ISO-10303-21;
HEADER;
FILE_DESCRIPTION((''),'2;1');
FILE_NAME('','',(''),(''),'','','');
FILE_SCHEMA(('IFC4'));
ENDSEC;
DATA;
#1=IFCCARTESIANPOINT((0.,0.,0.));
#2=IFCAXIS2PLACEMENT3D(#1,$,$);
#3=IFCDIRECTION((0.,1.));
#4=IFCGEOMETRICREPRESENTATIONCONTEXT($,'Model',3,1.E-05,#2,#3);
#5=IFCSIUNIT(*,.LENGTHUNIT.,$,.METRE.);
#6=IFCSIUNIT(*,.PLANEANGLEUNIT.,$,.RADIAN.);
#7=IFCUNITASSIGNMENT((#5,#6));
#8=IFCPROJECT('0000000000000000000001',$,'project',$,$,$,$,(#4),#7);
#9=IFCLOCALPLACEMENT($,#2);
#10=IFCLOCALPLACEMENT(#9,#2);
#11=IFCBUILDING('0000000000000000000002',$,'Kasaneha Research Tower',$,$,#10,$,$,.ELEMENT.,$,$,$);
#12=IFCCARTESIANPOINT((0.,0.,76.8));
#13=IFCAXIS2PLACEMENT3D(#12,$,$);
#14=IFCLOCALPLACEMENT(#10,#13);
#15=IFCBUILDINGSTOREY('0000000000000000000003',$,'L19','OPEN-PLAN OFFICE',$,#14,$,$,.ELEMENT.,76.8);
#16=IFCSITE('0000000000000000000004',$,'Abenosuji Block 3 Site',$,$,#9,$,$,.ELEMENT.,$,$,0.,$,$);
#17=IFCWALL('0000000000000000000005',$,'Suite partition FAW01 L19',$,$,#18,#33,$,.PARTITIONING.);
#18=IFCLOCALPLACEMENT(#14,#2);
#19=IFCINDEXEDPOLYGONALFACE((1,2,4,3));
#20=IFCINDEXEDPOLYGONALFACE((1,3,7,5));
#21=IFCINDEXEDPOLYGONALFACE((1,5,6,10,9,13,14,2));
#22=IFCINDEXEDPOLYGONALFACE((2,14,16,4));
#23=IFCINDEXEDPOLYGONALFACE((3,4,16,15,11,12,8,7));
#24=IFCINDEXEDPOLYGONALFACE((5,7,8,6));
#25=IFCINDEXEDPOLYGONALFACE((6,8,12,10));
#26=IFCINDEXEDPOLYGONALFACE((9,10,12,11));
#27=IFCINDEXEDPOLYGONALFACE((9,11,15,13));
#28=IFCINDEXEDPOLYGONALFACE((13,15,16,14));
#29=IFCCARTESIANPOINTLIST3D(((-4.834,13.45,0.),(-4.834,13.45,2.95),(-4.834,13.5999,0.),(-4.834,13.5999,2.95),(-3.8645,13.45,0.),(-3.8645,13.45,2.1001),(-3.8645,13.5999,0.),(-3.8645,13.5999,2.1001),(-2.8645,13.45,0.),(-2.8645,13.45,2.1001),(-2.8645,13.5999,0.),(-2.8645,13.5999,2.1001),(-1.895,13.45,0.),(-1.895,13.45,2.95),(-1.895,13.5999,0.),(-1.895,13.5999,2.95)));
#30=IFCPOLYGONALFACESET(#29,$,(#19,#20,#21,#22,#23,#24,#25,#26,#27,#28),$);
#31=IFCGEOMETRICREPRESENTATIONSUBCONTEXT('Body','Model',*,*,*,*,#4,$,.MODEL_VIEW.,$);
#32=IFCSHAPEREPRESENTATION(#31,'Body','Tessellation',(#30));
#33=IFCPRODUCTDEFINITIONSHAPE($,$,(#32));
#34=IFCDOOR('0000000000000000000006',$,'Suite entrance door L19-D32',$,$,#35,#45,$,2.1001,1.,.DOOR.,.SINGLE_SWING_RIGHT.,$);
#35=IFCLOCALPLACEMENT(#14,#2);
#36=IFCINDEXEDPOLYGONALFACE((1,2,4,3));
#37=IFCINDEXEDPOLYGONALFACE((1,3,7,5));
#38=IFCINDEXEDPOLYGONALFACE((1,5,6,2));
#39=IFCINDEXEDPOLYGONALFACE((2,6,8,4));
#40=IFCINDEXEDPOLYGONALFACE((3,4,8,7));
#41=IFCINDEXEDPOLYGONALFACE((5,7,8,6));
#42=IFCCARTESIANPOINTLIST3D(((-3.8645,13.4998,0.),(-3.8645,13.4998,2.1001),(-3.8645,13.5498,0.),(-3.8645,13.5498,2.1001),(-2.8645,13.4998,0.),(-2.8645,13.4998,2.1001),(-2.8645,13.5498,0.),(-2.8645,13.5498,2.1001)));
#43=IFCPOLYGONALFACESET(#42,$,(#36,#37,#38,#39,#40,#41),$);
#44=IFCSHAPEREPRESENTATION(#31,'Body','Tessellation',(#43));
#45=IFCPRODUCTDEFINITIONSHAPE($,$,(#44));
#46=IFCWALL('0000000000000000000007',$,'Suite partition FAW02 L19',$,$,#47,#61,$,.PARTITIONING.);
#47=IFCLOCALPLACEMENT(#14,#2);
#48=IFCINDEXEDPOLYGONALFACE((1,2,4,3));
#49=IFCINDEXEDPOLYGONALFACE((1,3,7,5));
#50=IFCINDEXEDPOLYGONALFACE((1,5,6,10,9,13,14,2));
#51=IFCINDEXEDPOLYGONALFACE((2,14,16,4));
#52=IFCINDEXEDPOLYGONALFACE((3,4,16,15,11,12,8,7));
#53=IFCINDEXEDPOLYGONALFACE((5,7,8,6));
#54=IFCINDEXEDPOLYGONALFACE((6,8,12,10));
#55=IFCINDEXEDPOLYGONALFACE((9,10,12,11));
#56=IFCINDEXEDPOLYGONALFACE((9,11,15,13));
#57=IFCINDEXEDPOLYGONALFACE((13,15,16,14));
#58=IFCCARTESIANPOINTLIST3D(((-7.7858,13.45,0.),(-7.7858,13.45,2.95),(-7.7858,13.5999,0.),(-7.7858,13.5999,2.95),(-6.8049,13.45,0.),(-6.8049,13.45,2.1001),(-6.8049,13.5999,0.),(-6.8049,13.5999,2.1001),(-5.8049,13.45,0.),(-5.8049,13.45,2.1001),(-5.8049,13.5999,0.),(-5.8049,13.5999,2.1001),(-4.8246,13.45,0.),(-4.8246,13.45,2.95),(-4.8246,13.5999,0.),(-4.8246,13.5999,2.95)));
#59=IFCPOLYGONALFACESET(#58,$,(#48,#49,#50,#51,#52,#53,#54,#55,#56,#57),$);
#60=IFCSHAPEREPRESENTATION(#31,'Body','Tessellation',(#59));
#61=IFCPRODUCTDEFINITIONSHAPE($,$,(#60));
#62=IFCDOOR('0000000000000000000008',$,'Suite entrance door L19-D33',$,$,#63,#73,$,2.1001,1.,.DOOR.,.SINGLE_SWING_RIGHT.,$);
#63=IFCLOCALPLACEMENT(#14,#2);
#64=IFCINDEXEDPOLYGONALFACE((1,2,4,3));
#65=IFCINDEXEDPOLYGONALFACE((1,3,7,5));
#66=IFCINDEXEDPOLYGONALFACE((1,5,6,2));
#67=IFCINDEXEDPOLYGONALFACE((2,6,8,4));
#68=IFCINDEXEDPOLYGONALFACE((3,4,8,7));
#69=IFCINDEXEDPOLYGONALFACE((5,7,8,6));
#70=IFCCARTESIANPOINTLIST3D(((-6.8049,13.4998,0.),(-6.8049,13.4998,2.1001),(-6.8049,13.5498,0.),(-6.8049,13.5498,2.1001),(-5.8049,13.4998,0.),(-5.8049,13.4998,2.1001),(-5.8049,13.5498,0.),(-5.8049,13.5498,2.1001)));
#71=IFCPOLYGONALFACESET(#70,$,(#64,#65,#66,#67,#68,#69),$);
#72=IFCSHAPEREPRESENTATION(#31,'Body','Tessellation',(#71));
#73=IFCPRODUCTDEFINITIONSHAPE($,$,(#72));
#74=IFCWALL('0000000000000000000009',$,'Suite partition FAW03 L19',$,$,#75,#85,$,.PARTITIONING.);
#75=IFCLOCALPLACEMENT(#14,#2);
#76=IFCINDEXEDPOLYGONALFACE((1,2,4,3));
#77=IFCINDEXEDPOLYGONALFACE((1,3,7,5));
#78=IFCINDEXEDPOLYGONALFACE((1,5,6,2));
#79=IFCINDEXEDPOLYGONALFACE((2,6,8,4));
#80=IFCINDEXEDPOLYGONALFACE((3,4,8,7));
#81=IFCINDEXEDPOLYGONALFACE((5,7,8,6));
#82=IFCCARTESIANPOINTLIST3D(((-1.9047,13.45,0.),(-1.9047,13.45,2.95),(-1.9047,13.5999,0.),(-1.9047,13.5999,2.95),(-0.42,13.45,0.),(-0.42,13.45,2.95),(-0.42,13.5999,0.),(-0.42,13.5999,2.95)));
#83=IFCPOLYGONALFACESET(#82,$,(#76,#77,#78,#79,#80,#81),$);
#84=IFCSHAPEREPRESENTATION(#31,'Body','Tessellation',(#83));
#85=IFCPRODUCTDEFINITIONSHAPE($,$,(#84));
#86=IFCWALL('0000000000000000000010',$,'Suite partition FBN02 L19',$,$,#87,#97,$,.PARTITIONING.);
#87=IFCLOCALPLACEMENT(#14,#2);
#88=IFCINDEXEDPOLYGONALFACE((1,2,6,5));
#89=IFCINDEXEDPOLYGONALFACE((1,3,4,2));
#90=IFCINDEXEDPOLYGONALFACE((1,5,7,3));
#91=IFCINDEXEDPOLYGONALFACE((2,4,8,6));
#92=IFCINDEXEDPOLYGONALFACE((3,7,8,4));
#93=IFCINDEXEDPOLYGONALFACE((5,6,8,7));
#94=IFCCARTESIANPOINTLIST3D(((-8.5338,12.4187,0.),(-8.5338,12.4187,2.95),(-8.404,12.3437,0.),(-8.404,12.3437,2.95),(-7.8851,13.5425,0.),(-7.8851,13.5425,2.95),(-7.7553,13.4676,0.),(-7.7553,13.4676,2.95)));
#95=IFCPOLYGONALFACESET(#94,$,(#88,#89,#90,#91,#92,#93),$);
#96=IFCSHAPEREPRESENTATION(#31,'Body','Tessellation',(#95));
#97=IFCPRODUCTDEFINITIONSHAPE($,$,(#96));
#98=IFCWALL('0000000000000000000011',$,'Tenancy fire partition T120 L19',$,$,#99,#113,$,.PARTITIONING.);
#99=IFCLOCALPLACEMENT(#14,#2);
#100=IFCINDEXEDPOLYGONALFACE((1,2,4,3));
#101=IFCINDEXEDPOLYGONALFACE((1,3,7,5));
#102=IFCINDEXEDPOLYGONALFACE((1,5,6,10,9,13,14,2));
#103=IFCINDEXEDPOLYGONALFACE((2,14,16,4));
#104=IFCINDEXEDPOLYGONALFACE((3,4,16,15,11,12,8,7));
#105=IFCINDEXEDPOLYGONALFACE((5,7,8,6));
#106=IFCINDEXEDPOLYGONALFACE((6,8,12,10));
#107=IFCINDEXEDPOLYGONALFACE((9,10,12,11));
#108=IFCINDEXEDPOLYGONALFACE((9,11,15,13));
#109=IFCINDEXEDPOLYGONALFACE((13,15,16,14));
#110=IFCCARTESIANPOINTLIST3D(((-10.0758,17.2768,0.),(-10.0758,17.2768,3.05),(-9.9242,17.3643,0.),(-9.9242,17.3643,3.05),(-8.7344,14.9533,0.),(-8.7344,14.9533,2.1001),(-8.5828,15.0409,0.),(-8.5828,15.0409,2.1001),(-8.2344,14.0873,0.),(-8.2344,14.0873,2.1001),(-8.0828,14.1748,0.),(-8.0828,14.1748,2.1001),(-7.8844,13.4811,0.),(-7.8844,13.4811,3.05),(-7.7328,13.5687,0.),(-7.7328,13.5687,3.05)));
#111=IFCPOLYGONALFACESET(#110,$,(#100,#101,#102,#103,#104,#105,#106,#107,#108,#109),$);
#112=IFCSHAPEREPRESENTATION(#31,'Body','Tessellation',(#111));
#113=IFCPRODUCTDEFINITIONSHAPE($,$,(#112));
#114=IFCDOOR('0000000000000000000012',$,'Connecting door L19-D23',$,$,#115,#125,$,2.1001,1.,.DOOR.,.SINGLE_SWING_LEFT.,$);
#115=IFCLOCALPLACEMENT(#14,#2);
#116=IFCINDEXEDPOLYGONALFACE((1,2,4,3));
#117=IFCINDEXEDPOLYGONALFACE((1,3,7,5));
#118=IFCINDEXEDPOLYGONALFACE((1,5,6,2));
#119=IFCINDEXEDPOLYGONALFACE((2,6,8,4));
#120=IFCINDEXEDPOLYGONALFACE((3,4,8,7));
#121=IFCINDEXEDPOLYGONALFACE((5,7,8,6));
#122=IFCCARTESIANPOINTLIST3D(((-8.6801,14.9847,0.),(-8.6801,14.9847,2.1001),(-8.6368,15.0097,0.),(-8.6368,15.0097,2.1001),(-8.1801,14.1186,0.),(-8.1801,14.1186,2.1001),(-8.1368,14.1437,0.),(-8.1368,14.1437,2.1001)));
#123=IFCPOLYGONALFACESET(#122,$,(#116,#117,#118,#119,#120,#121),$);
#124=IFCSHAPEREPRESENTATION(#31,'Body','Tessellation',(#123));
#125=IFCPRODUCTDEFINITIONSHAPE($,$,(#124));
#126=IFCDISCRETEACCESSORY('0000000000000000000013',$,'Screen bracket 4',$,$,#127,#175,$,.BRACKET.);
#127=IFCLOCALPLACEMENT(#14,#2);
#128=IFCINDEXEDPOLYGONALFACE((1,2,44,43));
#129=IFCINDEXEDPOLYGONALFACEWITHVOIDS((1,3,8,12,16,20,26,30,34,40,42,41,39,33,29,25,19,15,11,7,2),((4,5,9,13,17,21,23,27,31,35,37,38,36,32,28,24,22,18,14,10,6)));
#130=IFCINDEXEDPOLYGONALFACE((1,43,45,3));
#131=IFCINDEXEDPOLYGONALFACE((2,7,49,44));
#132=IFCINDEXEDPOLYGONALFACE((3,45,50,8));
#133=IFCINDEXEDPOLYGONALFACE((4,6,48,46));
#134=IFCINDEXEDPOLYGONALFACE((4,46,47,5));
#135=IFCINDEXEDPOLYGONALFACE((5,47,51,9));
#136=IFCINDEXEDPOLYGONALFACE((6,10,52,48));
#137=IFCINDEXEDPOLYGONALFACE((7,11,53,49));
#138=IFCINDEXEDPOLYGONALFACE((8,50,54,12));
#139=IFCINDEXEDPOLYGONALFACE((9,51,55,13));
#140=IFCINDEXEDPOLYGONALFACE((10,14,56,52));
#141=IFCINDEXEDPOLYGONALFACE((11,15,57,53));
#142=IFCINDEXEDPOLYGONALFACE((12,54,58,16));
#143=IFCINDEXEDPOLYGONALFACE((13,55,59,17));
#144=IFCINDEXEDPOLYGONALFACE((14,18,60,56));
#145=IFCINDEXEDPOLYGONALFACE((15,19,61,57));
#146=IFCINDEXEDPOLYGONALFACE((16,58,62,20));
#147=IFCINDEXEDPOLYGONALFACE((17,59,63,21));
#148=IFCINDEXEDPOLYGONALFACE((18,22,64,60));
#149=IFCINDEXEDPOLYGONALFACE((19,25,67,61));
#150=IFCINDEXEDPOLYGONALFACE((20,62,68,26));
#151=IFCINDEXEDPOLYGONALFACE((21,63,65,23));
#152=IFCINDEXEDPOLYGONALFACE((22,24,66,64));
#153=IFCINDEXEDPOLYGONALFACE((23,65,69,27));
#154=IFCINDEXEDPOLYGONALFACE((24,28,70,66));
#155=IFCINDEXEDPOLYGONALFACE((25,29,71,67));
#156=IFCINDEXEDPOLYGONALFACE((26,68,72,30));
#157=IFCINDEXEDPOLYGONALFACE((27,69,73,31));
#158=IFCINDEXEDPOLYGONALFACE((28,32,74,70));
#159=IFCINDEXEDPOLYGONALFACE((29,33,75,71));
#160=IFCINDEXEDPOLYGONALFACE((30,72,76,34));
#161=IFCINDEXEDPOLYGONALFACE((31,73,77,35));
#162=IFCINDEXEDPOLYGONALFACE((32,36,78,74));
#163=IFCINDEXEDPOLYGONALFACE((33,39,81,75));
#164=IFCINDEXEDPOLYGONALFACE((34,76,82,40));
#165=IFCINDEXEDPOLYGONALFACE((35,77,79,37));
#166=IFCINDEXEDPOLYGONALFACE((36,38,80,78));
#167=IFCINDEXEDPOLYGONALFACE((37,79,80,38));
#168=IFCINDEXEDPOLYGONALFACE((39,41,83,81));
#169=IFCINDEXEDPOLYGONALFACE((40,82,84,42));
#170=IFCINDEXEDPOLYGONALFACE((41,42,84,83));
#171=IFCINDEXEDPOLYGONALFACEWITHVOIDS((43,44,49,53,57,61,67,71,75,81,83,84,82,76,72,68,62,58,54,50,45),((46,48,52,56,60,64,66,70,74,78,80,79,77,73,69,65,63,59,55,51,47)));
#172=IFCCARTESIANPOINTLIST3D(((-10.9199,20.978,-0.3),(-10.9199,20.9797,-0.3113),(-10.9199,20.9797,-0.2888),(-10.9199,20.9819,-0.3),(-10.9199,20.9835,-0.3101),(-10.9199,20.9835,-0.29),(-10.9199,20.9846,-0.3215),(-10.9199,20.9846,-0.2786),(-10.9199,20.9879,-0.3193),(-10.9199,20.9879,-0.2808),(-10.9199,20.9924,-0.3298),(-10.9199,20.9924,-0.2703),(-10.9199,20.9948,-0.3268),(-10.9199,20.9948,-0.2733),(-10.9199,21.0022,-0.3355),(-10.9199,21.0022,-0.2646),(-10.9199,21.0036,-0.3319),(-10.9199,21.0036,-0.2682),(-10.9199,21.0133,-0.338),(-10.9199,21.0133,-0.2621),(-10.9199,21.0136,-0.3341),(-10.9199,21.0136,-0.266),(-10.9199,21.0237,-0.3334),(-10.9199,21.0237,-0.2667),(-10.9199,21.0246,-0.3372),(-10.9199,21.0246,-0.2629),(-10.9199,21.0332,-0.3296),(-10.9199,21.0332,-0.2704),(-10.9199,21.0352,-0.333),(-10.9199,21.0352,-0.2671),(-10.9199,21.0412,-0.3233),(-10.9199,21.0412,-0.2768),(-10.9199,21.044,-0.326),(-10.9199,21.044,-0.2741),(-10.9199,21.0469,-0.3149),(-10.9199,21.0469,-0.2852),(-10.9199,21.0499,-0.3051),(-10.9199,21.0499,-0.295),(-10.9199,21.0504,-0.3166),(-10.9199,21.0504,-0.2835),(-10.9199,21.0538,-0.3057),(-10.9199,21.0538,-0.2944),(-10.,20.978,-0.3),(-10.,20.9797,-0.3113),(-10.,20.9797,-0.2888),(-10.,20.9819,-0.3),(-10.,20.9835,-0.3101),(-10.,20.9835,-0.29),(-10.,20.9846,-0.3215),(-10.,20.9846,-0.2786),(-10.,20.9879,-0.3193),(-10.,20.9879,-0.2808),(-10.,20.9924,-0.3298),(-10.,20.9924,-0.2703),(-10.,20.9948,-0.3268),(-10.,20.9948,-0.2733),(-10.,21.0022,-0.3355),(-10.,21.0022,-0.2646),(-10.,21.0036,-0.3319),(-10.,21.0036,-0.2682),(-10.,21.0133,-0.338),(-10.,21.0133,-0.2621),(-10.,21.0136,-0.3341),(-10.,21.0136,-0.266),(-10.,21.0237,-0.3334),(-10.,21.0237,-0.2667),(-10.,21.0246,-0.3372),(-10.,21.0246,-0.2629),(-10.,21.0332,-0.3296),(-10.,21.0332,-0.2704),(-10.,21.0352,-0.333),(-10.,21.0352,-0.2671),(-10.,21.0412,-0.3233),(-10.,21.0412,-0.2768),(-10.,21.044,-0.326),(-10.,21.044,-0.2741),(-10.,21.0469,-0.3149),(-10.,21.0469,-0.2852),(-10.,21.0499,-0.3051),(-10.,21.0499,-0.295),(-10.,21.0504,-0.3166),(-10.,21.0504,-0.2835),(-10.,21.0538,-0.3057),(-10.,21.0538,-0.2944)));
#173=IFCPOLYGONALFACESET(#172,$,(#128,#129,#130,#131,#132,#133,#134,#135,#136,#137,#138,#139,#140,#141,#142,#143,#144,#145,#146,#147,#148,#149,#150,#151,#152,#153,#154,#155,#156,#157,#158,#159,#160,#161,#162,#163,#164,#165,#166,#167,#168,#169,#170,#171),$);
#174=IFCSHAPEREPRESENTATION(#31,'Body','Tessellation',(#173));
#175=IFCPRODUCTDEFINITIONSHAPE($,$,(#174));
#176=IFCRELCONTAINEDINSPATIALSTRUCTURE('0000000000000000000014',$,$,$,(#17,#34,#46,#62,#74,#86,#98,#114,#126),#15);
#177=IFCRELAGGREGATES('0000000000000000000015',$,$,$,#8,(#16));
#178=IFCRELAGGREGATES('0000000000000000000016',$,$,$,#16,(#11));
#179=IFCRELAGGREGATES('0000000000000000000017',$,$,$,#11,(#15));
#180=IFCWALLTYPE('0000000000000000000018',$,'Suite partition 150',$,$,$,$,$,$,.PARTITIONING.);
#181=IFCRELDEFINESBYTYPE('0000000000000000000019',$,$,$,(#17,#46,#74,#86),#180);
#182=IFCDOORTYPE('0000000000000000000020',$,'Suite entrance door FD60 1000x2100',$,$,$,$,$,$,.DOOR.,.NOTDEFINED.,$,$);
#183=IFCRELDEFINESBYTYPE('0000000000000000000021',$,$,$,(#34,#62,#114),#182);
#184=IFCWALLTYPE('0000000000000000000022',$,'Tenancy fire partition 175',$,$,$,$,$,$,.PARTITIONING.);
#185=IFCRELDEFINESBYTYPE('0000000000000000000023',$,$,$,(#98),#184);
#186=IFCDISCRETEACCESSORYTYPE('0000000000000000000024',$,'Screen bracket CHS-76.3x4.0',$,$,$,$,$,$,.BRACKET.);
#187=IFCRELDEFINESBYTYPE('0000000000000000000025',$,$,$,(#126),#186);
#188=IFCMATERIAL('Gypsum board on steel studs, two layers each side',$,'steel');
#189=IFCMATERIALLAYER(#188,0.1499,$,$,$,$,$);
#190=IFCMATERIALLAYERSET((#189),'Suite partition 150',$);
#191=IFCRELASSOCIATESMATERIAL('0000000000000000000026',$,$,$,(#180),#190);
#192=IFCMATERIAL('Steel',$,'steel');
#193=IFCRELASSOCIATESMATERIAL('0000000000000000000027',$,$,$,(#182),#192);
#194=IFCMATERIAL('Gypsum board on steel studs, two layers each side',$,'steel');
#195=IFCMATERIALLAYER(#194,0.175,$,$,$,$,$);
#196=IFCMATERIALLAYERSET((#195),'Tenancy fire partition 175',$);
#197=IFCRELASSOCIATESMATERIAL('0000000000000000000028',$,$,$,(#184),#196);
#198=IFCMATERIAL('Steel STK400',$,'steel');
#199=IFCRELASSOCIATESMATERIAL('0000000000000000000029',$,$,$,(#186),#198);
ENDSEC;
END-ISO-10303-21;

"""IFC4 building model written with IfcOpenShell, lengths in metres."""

from ifc_helpers import new_model, si_unit, direction, frame, frame_2d, origin, origin_2d, place, context, subcontext, project, spatial, rectangle, hollow_circle, extrude, material, layer, layer_set, material_profile, profile_set, type_object, element, fill, save


model = new_model("IFC4")

# Units and contexts
model_context = context("Model", 3, precision=1e-05, world=origin(), true_north=direction((0.0, 1.0)))
body_context = subcontext(model_context, "Body", "Model", "MODEL_VIEW")
ifc_project = project(units=[si_unit("LENGTHUNIT", "METRE"), si_unit("PLANEANGLEUNIT", "RADIAN")], contexts=[model_context])

# Site, building, storey
site_placement = place(None, origin())
site = spatial("IfcSite", under=ifc_project, at=site_placement, Name="Abenosuji Block 3 Site", CompositionType="ELEMENT", RefElevation=0.0)
building_placement = place(site_placement, origin())
building = spatial("IfcBuilding", under=site, at=building_placement, Name="Kasaneha Research Tower", CompositionType="ELEMENT")
storey_placement = place(building_placement, frame((0.0, 0.0, 76.8)))
storey = spatial("IfcBuildingStorey", under=building, at=storey_placement, Name="L19", Description="OPEN-PLAN OFFICE", CompositionType="ELEMENT", Elevation=76.8)

# Walls, openings, doors
ifc_material_1 = material(Name="Gypsum board on steel studs, two layers each side", Category="steel")
ifc_layer_1 = layer(ifc_material_1, 0.1499)
ifc_layer_set_1 = layer_set([ifc_layer_1], Name="Suite partition 150")
wall_type_1 = type_object("IfcWallType", Name="Suite partition 150", PredefinedType="PARTITIONING", material=ifc_layer_set_1)
wall_1_placement = place(storey_placement, frame((-4.834, 13.5249, 0.0), z_axis=(0.0, 0.0, 1.0), x_axis=(1.0, 0.0, 0.0)))
wall_1 = element("IfcWall", 1, at=wall_1_placement, inside=storey, type_object=wall_type_1, Name="Suite partition FAW01 L19", PredefinedType="PARTITIONING", context=body_context, shape_type="SweptSolid", body=[
    extrude(rectangle(XDim=2.939, YDim=0.1499, at=frame_2d((1.4695, 0.0))), origin(), (0.0, 0.0, 1.0), 2.95),
])
opening_1_placement = place(wall_1_placement, frame((0.9695, 0.0, 0.0)))
opening_1 = element("IfcOpeningElement", 2, at=opening_1_placement, cuts=wall_1, PredefinedType="OPENING", context=body_context, shape_type="SweptSolid", body=[
    extrude(rectangle(XDim=1.0, YDim=2.1001, at=frame_2d((0.5, 1.05))), frame((0.0, 0.085, 0.0), z_axis=(0.0, -1.0, 0.0), x_axis=(1.0, 0.0, 0.0)), (0.0, 0.0, 1.0), 0.1699),
])
ifc_material_2 = material(Name="Steel", Category="steel")
door_type_1 = type_object("IfcDoorType", Name="Suite entrance door FD60 1000x2100", OperationType="NOTDEFINED", PredefinedType="DOOR", material=ifc_material_2)
door_1_placement = place(opening_1_placement, origin())
door_1 = element("IfcDoor", 3, at=door_1_placement, inside=storey, type_object=door_type_1, Name="Suite entrance door L19-D32", OperationType="SINGLE_SWING_RIGHT", OverallHeight=2.1001, OverallWidth=1.0, PredefinedType="DOOR", context=body_context, shape_type="SweptSolid", body=[
    extrude(rectangle(XDim=1.0, YDim=2.1001, at=frame_2d((0.5, 1.05))), frame((0.0, 0.0249, 0.0), z_axis=(0.0, -1.0, 0.0), x_axis=(1.0, 0.0, 0.0)), (0.0, 0.0, 1.0), 0.05),
])
fill(opening_1, door_1)
wall_2_placement = place(storey_placement, frame((-7.7856, 13.5249, 0.0), z_axis=(0.0, 0.0, 1.0), x_axis=(1.0, 0.0, 0.0)))
wall_2 = element("IfcWall", 4, at=wall_2_placement, inside=storey, type_object=wall_type_1, Name="Suite partition FAW02 L19", PredefinedType="PARTITIONING", context=body_context, shape_type="SweptSolid", body=[
    extrude(rectangle(XDim=2.9612, YDim=0.1499, at=frame_2d((1.4805, 0.0))), origin(), (0.0, 0.0, 1.0), 2.95),
])
opening_2_placement = place(wall_2_placement, frame((0.9807, 0.0, 0.0)))
opening_2 = element("IfcOpeningElement", 5, at=opening_2_placement, cuts=wall_2, PredefinedType="OPENING", context=body_context, shape_type="SweptSolid", body=[
    extrude(rectangle(XDim=1.0, YDim=2.1001, at=frame_2d((0.5, 1.05))), frame((0.0, 0.085, 0.0), z_axis=(0.0, -1.0, 0.0), x_axis=(1.0, 0.0, 0.0)), (0.0, 0.0, 1.0), 0.1699),
])
door_2_placement = place(opening_2_placement, origin())
door_2 = element("IfcDoor", 6, at=door_2_placement, inside=storey, type_object=door_type_1, Name="Suite entrance door L19-D33", OperationType="SINGLE_SWING_RIGHT", OverallHeight=2.1001, OverallWidth=1.0, PredefinedType="DOOR", context=body_context, shape_type="SweptSolid", body=[
    extrude(rectangle(XDim=1.0, YDim=2.1001, at=frame_2d((0.5, 1.05))), frame((0.0, 0.0249, 0.0), z_axis=(0.0, -1.0, 0.0), x_axis=(1.0, 0.0, 0.0)), (0.0, 0.0, 1.0), 0.05),
])
fill(opening_2, door_2)

# Walls
wall_3_placement = place(storey_placement, frame((-1.9045, 13.5249, 0.0), z_axis=(0.0, 0.0, 1.0), x_axis=(1.0, 0.0, 0.0)))
element("IfcWall", 7, at=wall_3_placement, inside=storey, type_object=wall_type_1, Name="Suite partition FAW03 L19", PredefinedType="PARTITIONING", context=body_context, shape_type="SweptSolid", body=[
    extrude(rectangle(XDim=1.4846, YDim=0.1499, at=frame_2d((0.7422, 0.0))), origin(), (0.0, 0.0, 1.0), 2.95),
])
wall_4_placement = place(storey_placement, frame((-8.469, 12.3811, 0.0), z_axis=(0.0, 0.0, 1.0), x_axis=(0.499923, 0.86607, 0.0)))
element("IfcWall", 8, at=wall_4_placement, inside=storey, type_object=wall_type_1, Name="Suite partition FBN02 L19", PredefinedType="PARTITIONING", context=body_context, shape_type="SweptSolid", body=[
    extrude(rectangle(XDim=1.2976, YDim=0.1499, at=frame_2d((0.6489, 0.0))), origin(), (0.0, 0.0, 1.0), 2.95),
])

# Wall, opening, door
ifc_material_3 = material(Name="Gypsum board on steel studs, two layers each side", Category="steel")
ifc_layer_2 = layer(ifc_material_3, 0.175)
ifc_layer_set_2 = layer_set([ifc_layer_2], Name="Tenancy fire partition 175")
wall_type_2 = type_object("IfcWallType", Name="Tenancy fire partition 175", PredefinedType="PARTITIONING", material=ifc_layer_set_2)
wall_5_placement = place(storey_placement, frame((-7.8086, 13.5249, 0.0), z_axis=(0.0, 0.0, 1.0), x_axis=(-0.499997, 0.866027, 0.0)))
wall_5 = element("IfcWall", 9, at=wall_5_placement, inside=storey, type_object=wall_type_2, Name="Tenancy fire partition T120 L19", PredefinedType="PARTITIONING", context=body_context, shape_type="SweptSolid", body=[
    extrude(rectangle(XDim=4.3828, YDim=0.175, at=frame_2d((2.1914, 0.0))), origin(), (0.0, 0.0, 1.0), 3.05),
])
opening_3_placement = place(wall_5_placement, frame((0.7, 0.0, 0.0)))
opening_3 = element("IfcOpeningElement", 10, at=opening_3_placement, cuts=wall_5, PredefinedType="OPENING", context=body_context, shape_type="SweptSolid", body=[
    extrude(rectangle(XDim=1.0, YDim=2.1001, at=frame_2d((0.5, 1.05))), frame((0.0, 0.0977, 0.0), z_axis=(0.0, -1.0, 0.0), x_axis=(1.0, 0.0, 0.0)), (0.0, 0.0, 1.0), 0.1951),
])
door_3_placement = place(opening_3_placement, origin())
door_3 = element("IfcDoor", 11, at=door_3_placement, inside=storey, type_object=door_type_1, Name="Connecting door L19-D23", OperationType="SINGLE_SWING_LEFT", OverallHeight=2.1001, OverallWidth=1.0, PredefinedType="DOOR", context=body_context, shape_type="SweptSolid", body=[
    extrude(rectangle(XDim=1.0, YDim=2.1001, at=frame_2d((0.5, 1.05))), frame((0.0, 0.0249, 0.0), z_axis=(0.0, -1.0, 0.0), x_axis=(1.0, 0.0, 0.0)), (0.0, 0.0, 1.0), 0.05),
])
fill(opening_3, door_3)

# Discrete accessory
ifc_material_4 = material(Name="Steel STK400", Category="steel")
ifc_material_profile_1 = material_profile(ifc_material_4, hollow_circle(Radius=0.0381, WallThickness=0.0039, at=origin_2d()), Name="CHS-76.3x4.0")
ifc_profile_set_1 = profile_set([ifc_material_profile_1], Name="Steel STK400")
discrete_accessory_type = type_object("IfcDiscreteAccessoryType", Name="Screen bracket CHS-76.3x4.0", PredefinedType="BRACKET", material=ifc_profile_set_1)
for number, where, z_axis, x_axis, name in (
    (12, (-10.0, 21.0161, -0.3), (-1.0, 0.0, 0.0), (0.0, -1.0, 0.0), "Screen bracket 4"),
):
    element("IfcDiscreteAccessory", number, at=place(storey_placement, frame(where, z_axis=z_axis, x_axis=x_axis)), inside=storey, type_object=discrete_accessory_type, Name=name, PredefinedType="BRACKET", context=body_context, shape_type="SweptSolid", body=[
        extrude(hollow_circle(Radius=0.0381, WallThickness=0.0039, at=origin_2d()), origin(), (0.0, 0.0, 1.0), 0.9199),
    ])

save(model, "model.ifc")
